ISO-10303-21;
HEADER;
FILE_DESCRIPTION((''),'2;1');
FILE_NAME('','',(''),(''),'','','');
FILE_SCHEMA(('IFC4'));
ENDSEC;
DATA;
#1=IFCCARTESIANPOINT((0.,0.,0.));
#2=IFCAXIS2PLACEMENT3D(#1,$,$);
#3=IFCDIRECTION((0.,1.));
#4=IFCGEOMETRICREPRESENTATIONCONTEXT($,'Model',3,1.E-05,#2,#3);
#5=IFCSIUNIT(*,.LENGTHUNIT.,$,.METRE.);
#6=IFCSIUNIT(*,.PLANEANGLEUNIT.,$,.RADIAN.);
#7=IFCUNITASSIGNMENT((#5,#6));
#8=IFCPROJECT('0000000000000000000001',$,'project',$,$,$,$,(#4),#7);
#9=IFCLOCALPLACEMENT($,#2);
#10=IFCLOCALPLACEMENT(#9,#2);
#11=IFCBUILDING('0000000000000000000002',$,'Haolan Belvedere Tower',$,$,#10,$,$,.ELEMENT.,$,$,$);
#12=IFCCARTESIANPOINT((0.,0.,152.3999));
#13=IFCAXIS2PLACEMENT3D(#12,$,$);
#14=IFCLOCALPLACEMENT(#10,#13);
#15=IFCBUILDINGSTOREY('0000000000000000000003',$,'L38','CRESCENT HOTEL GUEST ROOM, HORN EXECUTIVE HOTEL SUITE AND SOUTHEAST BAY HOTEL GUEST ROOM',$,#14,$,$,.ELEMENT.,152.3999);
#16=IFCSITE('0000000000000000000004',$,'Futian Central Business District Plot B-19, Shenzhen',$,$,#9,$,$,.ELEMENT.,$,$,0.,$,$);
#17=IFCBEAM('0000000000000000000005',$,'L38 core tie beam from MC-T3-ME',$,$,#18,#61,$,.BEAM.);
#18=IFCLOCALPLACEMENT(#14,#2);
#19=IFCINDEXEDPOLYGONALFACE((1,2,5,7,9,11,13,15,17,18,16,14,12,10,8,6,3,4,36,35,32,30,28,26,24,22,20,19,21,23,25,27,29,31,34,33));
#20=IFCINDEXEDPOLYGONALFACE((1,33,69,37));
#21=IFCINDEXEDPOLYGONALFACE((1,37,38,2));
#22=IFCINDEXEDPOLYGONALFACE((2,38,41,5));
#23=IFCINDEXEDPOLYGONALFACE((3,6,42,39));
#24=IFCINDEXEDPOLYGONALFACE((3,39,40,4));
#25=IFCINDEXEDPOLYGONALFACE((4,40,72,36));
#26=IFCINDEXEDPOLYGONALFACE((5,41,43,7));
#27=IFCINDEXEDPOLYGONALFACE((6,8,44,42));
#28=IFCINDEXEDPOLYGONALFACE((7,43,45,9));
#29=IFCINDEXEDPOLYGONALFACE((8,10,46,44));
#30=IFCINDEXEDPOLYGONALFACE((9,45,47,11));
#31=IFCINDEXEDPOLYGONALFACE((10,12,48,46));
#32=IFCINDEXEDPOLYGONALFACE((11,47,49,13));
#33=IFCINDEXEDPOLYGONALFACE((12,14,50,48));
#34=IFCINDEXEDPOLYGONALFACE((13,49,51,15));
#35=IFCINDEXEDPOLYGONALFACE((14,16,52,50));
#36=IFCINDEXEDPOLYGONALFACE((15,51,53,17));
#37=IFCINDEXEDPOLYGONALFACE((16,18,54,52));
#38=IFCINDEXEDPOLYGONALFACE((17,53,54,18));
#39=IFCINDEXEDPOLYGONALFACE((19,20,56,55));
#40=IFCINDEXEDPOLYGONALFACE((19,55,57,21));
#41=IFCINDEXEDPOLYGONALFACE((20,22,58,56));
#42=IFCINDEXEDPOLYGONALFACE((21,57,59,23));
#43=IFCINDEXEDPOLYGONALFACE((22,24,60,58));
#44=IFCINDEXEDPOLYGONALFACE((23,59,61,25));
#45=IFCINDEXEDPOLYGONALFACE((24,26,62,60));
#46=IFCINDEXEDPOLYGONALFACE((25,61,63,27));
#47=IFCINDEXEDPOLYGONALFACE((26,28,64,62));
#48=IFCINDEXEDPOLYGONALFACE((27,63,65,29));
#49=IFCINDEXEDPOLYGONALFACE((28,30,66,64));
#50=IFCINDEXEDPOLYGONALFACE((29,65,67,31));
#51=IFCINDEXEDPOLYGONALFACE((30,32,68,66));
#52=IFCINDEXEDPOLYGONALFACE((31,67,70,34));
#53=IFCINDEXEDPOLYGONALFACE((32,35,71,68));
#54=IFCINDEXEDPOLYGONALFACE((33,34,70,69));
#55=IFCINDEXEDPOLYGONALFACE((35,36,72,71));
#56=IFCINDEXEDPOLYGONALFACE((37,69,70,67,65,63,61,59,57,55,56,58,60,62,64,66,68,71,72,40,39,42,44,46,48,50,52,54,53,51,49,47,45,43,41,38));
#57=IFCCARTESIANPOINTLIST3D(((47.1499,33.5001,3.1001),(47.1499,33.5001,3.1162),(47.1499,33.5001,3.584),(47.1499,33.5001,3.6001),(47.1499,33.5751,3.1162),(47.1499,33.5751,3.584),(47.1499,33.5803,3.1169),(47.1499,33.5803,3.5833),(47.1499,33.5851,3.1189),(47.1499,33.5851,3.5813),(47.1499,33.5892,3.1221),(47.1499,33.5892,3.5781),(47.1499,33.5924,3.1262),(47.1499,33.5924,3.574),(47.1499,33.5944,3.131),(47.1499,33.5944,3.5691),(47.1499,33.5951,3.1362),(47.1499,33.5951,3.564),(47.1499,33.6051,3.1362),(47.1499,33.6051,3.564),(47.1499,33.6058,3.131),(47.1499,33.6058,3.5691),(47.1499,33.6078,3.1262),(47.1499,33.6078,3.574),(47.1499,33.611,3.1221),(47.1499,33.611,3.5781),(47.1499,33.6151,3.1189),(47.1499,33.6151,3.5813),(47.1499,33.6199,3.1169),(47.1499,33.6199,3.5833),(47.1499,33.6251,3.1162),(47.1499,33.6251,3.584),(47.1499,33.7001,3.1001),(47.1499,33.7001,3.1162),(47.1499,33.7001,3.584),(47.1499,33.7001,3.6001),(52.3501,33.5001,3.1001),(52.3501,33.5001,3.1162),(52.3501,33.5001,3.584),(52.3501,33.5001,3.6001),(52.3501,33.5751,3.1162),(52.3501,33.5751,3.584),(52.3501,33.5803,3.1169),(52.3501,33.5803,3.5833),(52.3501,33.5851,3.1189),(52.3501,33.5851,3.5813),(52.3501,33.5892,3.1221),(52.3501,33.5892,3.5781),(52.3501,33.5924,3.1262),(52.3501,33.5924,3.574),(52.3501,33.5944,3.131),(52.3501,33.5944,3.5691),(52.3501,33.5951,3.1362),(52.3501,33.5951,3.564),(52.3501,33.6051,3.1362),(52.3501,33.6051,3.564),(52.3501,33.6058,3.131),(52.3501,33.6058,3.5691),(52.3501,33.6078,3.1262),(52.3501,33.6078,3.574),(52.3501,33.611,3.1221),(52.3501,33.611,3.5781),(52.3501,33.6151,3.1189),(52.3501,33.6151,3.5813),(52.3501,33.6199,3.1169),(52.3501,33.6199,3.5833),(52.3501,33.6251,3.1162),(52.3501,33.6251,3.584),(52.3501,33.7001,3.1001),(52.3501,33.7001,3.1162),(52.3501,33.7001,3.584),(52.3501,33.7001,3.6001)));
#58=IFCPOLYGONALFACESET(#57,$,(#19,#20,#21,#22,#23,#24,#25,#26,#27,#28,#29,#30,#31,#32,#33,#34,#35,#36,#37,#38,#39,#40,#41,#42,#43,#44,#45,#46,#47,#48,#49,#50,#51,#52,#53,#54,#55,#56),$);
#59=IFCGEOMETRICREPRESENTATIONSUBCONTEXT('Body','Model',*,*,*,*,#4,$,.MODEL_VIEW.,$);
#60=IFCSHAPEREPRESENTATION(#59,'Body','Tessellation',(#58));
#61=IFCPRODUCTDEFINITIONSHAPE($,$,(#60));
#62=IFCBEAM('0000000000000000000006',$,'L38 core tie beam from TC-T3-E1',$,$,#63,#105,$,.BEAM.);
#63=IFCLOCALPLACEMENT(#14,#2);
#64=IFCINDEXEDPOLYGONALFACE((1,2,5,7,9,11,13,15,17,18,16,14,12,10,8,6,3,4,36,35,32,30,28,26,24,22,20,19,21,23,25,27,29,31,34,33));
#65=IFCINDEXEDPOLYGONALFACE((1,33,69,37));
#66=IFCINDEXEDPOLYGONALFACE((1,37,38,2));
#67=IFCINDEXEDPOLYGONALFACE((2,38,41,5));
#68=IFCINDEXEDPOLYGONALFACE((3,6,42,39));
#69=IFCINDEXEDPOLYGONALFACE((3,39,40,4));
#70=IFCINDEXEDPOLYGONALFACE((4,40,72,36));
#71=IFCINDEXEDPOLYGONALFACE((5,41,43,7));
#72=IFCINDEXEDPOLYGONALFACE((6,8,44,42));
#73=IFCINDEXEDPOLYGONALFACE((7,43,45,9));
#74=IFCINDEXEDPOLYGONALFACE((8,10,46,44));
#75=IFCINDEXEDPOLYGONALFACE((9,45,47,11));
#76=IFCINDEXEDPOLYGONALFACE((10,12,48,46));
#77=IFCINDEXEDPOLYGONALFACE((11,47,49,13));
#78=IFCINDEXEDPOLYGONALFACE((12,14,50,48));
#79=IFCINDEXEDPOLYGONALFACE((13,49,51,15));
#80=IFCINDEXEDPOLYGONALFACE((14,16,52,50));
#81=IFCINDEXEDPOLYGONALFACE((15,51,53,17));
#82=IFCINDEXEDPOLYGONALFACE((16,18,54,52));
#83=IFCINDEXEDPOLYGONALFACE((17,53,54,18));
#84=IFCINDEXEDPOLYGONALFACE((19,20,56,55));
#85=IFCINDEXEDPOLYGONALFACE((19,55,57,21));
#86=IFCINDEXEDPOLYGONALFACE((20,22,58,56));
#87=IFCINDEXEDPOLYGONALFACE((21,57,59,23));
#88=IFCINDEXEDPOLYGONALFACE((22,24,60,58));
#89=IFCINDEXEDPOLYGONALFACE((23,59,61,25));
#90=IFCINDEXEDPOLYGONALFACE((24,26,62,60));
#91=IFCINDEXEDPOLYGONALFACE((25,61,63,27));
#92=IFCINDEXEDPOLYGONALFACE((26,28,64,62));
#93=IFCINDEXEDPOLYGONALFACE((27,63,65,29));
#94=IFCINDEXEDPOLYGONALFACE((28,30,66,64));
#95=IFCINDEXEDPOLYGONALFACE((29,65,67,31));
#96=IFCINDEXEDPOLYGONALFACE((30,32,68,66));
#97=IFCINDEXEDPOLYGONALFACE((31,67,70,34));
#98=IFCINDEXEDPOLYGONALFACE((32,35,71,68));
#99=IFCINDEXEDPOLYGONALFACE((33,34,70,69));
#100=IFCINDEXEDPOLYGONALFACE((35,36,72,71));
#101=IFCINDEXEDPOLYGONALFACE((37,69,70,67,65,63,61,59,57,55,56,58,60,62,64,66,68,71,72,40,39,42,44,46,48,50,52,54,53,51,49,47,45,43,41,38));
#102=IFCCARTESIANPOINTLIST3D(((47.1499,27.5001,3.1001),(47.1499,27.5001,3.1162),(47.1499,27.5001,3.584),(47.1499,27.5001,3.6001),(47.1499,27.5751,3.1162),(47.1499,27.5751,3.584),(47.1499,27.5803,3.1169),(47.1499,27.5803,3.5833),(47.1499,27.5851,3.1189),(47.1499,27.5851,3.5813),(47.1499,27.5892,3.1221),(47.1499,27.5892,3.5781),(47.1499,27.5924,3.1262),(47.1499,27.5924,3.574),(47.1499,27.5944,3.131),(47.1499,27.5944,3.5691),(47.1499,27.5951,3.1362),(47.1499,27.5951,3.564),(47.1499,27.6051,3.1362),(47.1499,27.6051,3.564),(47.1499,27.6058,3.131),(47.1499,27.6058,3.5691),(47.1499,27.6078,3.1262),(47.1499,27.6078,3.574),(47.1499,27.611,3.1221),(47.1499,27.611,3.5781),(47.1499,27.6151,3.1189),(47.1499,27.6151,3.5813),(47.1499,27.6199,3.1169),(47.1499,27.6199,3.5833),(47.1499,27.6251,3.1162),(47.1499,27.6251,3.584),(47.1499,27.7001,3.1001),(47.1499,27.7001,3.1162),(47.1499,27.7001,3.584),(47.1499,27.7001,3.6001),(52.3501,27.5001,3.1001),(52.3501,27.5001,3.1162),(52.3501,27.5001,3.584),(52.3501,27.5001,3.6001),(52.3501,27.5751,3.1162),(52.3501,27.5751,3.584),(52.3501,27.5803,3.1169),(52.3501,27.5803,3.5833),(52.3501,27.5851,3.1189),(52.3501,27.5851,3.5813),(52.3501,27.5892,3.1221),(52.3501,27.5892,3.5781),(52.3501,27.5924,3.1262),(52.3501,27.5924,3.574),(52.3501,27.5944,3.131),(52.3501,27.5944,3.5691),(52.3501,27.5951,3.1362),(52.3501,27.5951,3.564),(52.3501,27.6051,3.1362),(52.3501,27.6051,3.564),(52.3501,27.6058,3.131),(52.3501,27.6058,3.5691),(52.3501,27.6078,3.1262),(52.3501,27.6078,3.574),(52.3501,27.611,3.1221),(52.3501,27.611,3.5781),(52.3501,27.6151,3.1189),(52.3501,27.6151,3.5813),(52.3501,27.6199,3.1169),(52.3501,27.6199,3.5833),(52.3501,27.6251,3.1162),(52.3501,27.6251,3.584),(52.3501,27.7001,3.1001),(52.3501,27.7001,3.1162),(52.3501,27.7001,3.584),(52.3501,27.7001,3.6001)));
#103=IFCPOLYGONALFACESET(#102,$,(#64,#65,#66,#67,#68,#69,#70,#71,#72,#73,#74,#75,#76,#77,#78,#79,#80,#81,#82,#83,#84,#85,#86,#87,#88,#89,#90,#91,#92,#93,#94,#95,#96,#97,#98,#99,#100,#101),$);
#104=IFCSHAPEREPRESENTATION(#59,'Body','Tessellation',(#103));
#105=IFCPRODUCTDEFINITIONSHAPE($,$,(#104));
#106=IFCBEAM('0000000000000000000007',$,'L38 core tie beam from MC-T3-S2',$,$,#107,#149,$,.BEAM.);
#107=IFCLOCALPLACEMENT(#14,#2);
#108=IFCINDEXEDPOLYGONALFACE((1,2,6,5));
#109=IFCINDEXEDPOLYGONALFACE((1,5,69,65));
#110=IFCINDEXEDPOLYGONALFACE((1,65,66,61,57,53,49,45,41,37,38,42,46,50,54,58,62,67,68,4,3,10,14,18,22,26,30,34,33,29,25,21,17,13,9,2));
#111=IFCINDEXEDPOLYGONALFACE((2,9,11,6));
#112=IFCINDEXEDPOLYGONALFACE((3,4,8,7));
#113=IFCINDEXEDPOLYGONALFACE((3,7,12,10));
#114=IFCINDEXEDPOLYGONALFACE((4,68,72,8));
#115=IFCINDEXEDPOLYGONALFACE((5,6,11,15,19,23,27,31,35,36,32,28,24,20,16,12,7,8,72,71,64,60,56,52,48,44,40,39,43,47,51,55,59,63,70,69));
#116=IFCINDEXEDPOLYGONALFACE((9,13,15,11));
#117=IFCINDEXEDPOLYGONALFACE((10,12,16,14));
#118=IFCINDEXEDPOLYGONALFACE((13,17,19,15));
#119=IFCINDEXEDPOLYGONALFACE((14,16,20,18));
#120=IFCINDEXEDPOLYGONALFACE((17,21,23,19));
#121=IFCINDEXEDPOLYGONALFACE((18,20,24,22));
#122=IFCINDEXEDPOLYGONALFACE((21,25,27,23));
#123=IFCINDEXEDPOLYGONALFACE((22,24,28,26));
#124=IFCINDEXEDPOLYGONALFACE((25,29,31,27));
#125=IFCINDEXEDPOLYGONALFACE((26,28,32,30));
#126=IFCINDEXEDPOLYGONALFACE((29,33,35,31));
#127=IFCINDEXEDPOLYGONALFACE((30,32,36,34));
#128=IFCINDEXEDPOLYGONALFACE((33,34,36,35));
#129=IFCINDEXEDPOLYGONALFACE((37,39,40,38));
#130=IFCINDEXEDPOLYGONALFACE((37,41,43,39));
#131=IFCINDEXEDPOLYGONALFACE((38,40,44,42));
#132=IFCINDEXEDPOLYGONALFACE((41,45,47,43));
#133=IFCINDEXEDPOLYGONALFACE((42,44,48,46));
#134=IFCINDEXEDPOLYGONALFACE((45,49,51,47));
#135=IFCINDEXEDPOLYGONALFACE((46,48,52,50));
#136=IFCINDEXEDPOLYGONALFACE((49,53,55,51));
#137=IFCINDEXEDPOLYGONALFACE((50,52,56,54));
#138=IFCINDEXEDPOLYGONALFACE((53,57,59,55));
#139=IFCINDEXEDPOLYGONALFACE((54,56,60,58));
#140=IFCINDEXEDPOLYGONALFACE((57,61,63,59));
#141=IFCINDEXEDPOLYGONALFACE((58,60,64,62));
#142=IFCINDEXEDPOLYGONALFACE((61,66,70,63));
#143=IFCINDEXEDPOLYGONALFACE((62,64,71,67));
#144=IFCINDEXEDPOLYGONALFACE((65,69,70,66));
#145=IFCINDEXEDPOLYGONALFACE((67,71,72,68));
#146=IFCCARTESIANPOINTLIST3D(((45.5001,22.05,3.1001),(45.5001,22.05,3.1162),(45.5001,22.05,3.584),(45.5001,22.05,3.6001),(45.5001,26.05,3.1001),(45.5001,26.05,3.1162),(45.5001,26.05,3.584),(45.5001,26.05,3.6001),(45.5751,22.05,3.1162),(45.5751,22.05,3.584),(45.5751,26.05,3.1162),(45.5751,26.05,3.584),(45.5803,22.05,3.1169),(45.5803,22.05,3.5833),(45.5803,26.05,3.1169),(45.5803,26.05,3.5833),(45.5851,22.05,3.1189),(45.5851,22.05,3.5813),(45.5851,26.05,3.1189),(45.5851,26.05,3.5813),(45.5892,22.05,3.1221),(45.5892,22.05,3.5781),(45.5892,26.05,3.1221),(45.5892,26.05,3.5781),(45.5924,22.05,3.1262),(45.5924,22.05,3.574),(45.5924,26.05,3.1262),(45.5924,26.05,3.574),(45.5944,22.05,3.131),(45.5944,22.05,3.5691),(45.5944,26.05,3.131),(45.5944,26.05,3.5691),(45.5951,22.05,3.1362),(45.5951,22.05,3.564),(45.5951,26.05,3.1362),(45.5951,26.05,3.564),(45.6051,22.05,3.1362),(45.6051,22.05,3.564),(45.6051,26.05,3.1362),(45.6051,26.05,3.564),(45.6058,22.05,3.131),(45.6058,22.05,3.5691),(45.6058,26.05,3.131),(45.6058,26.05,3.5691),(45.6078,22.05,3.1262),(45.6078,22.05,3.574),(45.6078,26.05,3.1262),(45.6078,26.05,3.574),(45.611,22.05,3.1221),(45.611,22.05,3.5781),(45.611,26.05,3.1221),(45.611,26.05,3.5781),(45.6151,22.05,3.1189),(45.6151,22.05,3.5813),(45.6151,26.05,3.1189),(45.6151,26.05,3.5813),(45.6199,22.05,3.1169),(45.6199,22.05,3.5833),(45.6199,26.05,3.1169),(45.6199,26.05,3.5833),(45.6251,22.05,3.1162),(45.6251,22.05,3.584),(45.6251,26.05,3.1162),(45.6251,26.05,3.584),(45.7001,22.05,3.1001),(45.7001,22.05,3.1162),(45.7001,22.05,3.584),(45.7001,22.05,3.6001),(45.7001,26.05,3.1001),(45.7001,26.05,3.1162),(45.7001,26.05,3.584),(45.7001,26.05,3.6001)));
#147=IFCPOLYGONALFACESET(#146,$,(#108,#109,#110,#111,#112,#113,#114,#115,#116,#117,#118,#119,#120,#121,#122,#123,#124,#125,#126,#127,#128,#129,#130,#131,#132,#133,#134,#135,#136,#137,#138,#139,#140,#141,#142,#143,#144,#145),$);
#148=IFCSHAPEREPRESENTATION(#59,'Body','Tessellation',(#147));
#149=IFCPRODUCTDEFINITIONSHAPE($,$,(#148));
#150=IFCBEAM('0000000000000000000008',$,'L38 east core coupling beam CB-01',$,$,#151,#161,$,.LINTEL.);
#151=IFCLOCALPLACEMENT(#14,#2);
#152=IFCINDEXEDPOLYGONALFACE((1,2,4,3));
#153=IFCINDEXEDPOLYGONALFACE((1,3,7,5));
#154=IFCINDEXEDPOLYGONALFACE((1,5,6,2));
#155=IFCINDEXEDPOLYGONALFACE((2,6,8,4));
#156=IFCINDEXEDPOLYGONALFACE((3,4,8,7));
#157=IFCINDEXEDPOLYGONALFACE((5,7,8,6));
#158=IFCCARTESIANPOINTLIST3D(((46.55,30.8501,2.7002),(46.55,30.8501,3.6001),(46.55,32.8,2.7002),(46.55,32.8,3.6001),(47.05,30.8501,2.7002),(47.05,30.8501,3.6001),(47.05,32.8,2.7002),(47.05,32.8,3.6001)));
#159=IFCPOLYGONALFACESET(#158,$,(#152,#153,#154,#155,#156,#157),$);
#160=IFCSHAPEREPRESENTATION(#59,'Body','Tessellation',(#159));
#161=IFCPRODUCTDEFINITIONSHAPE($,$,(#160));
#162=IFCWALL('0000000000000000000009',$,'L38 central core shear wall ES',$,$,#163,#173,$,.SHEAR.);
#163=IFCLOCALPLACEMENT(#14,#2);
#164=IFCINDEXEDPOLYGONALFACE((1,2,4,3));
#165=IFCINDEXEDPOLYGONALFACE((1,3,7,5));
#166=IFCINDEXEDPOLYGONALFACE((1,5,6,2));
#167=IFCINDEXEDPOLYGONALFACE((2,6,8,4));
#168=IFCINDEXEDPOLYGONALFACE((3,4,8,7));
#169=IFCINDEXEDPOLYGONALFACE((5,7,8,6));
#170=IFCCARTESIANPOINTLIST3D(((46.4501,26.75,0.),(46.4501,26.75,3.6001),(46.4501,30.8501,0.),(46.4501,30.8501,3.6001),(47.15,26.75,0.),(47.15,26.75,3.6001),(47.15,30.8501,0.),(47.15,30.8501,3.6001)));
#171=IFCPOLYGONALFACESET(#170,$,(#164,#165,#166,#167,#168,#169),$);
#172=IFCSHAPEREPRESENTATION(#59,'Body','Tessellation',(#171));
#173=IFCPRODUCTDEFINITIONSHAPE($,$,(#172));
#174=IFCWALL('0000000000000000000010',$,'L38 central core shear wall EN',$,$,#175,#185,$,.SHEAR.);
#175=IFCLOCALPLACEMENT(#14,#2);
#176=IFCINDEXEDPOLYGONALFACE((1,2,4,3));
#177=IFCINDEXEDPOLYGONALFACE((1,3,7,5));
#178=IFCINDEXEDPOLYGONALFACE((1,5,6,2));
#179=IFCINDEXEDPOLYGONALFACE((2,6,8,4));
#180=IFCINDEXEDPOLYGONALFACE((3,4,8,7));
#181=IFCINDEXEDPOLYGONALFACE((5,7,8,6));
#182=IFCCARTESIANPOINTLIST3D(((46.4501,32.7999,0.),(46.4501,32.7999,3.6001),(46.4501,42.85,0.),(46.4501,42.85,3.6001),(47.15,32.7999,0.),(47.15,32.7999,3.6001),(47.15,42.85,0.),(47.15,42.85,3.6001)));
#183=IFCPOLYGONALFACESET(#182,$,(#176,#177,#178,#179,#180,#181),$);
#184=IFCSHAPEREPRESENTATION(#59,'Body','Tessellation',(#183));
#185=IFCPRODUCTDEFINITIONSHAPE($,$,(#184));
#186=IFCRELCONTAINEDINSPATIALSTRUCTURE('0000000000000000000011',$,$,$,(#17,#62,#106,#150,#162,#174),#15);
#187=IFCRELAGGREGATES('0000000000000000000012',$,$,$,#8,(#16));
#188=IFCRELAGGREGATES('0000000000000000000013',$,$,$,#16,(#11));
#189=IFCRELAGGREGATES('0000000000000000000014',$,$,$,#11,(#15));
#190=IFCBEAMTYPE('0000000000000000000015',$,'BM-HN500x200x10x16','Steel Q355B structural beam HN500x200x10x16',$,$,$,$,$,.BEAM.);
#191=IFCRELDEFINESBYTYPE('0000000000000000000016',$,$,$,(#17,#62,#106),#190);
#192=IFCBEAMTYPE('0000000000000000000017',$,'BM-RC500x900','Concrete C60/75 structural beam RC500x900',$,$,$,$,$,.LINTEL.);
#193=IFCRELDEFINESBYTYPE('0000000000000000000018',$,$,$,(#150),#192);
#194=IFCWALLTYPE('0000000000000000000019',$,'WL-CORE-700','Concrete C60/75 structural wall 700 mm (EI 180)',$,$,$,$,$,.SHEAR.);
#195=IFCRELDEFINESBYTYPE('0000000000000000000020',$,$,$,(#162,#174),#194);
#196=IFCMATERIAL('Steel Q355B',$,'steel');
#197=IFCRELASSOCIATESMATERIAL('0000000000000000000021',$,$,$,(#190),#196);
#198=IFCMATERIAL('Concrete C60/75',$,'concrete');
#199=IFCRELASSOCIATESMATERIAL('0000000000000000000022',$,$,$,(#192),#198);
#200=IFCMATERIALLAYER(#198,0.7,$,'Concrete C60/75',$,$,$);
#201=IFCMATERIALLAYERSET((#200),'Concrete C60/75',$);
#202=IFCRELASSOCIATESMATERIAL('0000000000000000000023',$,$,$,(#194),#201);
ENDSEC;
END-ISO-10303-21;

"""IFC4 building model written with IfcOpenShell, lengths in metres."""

from ifc_helpers import new_model, si_unit, direction, frame, frame_2d, origin, origin_2d, place, context, subcontext, project, spatial, rectangle, i_section, extrude, material, layer, layer_set, material_profile, profile_set, type_object, element, save


model = new_model("IFC4")

# Units and contexts
model_context = context("Model", 3, precision=1e-05, world=origin(), true_north=direction((0.0, 1.0)))
body_context = subcontext(model_context, "Body", "Model", "MODEL_VIEW")
ifc_project = project(units=[si_unit("LENGTHUNIT", "METRE"), si_unit("PLANEANGLEUNIT", "RADIAN")], contexts=[model_context])

# Site, building, storey
site_placement = place(None, origin())
site = spatial("IfcSite", under=ifc_project, at=site_placement, Name="Futian Central Business District Plot B-19, Shenzhen", CompositionType="ELEMENT", RefElevation=0.0)
building_placement = place(site_placement, origin())
building = spatial("IfcBuilding", under=site, at=building_placement, Name="Haolan Belvedere Tower", CompositionType="ELEMENT")
storey_placement = place(building_placement, frame((0.0, 0.0, 152.3999)))
storey = spatial("IfcBuildingStorey", under=building, at=storey_placement, Name="L38", Description="CRESCENT HOTEL GUEST ROOM, HORN EXECUTIVE HOTEL SUITE AND SOUTHEAST BAY HOTEL GUEST ROOM", CompositionType="ELEMENT", Elevation=152.3999)

# Beams
ifc_material_1 = material(Name="Steel Q355B", Category="steel")
ifc_material_profile_1 = material_profile(ifc_material_1, i_section(OverallWidth=0.2, OverallDepth=0.5, WebThickness=0.01, FlangeThickness=0.0161, FilletRadius=0.02, at=origin_2d()), Name="Steel Q355B")
ifc_profile_set_1 = profile_set([ifc_material_profile_1], Name="Steel Q355B")
beam_type_1 = type_object("IfcBeamType", Name="BM-HN500x200x10x16", Description="Steel Q355B structural beam HN500x200x10x16", PredefinedType="BEAM", material=ifc_profile_set_1)
for number, where, z_axis, x_axis, name in (
    (1, (52.3501, 33.6001, 3.3501), (-1.0, 0.0, 0.0), (0.0, -1.0, 0.0), "L38 core tie beam from MC-T3-ME"),
    (2, (52.3501, 27.6001, 3.3501), (-1.0, 0.0, 0.0), (0.0, -1.0, 0.0), "L38 core tie beam from TC-T3-E1"),
):
    element("IfcBeam", number, at=place(storey_placement, frame(where, z_axis=z_axis, x_axis=x_axis)), inside=storey, type_object=beam_type_1, Name=name, PredefinedType="BEAM", context=body_context, shape_type="SweptSolid", body=[
        extrude(i_section(OverallWidth=0.2, OverallDepth=0.5, WebThickness=0.01, FlangeThickness=0.0161, FilletRadius=0.02, at=origin_2d()), origin(), (0.0, 0.0, 1.0), 5.2002),
    ])
beam_1_placement = place(storey_placement, frame((45.6001, 22.05, 3.3501), z_axis=(0.0, 1.0, 0.0), x_axis=(-1.0, 0.0, 0.0)))
element("IfcBeam", 3, at=beam_1_placement, inside=storey, type_object=beam_type_1, Name="L38 core tie beam from MC-T3-S2", PredefinedType="BEAM", context=body_context, shape_type="SweptSolid", body=[
    extrude(i_section(OverallWidth=0.2, OverallDepth=0.5, WebThickness=0.01, FlangeThickness=0.0161, FilletRadius=0.02, at=origin_2d()), origin(), (0.0, 0.0, 1.0), 4.0),
])
ifc_material_2 = material(Name="Concrete C60/75", Category="concrete")
ifc_material_profile_2 = material_profile(ifc_material_2, rectangle(XDim=0.5, YDim=0.8999, at=origin_2d()), Name="Concrete C60/75")
ifc_profile_set_2 = profile_set([ifc_material_profile_2], Name="Concrete C60/75")
beam_type_2 = type_object("IfcBeamType", Name="BM-RC500x900", Description="Concrete C60/75 structural beam RC500x900", PredefinedType="LINTEL", material=ifc_profile_set_2)
beam_2_placement = place(storey_placement, frame((46.8, 30.8501, 3.1501), z_axis=(0.0, 1.0, 0.0), x_axis=(-1.0, 0.0, 0.0)))
element("IfcBeam", 4, at=beam_2_placement, inside=storey, type_object=beam_type_2, Name="L38 east core coupling beam CB-01", PredefinedType="LINTEL", context=body_context, shape_type="SweptSolid", body=[
    extrude(rectangle(XDim=0.5, YDim=0.8999, at=origin_2d()), origin(), (0.0, 0.0, 1.0), 1.95),
])

# Walls
ifc_layer_1 = layer(ifc_material_2, 0.7, Name="Concrete C60/75")
ifc_layer_set_1 = layer_set([ifc_layer_1], Name="Concrete C60/75")
wall_type_1 = type_object("IfcWallType", Name="WL-CORE-700", Description="Concrete C60/75 structural wall 700 mm (EI 180)", PredefinedType="SHEAR", material=ifc_layer_set_1)
wall_1_placement = place(storey_placement, frame((46.8, 26.75, 0.0), z_axis=(0.0, 0.0, 1.0), x_axis=(0.0, 1.0, 0.0)))
element("IfcWall", 5, at=wall_1_placement, inside=storey, type_object=wall_type_1, Name="L38 central core shear wall ES", PredefinedType="SHEAR", context=body_context, shape_type="SweptSolid", body=[
    extrude(rectangle(XDim=4.1001, YDim=0.7, at=frame_2d((2.05, 0.0))), origin(), (0.0, 0.0, 1.0), 3.6001),
])
wall_2_placement = place(storey_placement, frame((46.8, 32.8, 0.0), z_axis=(0.0, 0.0, 1.0), x_axis=(0.0, 1.0, 0.0)))
element("IfcWall", 6, at=wall_2_placement, inside=storey, type_object=wall_type_1, Name="L38 central core shear wall EN", PredefinedType="SHEAR", context=body_context, shape_type="SweptSolid", body=[
    extrude(rectangle(XDim=10.05, YDim=0.7, at=frame_2d((5.0249, 0.0))), origin(), (0.0, 0.0, 1.0), 3.6001),
])

save(model, "model.ifc")
